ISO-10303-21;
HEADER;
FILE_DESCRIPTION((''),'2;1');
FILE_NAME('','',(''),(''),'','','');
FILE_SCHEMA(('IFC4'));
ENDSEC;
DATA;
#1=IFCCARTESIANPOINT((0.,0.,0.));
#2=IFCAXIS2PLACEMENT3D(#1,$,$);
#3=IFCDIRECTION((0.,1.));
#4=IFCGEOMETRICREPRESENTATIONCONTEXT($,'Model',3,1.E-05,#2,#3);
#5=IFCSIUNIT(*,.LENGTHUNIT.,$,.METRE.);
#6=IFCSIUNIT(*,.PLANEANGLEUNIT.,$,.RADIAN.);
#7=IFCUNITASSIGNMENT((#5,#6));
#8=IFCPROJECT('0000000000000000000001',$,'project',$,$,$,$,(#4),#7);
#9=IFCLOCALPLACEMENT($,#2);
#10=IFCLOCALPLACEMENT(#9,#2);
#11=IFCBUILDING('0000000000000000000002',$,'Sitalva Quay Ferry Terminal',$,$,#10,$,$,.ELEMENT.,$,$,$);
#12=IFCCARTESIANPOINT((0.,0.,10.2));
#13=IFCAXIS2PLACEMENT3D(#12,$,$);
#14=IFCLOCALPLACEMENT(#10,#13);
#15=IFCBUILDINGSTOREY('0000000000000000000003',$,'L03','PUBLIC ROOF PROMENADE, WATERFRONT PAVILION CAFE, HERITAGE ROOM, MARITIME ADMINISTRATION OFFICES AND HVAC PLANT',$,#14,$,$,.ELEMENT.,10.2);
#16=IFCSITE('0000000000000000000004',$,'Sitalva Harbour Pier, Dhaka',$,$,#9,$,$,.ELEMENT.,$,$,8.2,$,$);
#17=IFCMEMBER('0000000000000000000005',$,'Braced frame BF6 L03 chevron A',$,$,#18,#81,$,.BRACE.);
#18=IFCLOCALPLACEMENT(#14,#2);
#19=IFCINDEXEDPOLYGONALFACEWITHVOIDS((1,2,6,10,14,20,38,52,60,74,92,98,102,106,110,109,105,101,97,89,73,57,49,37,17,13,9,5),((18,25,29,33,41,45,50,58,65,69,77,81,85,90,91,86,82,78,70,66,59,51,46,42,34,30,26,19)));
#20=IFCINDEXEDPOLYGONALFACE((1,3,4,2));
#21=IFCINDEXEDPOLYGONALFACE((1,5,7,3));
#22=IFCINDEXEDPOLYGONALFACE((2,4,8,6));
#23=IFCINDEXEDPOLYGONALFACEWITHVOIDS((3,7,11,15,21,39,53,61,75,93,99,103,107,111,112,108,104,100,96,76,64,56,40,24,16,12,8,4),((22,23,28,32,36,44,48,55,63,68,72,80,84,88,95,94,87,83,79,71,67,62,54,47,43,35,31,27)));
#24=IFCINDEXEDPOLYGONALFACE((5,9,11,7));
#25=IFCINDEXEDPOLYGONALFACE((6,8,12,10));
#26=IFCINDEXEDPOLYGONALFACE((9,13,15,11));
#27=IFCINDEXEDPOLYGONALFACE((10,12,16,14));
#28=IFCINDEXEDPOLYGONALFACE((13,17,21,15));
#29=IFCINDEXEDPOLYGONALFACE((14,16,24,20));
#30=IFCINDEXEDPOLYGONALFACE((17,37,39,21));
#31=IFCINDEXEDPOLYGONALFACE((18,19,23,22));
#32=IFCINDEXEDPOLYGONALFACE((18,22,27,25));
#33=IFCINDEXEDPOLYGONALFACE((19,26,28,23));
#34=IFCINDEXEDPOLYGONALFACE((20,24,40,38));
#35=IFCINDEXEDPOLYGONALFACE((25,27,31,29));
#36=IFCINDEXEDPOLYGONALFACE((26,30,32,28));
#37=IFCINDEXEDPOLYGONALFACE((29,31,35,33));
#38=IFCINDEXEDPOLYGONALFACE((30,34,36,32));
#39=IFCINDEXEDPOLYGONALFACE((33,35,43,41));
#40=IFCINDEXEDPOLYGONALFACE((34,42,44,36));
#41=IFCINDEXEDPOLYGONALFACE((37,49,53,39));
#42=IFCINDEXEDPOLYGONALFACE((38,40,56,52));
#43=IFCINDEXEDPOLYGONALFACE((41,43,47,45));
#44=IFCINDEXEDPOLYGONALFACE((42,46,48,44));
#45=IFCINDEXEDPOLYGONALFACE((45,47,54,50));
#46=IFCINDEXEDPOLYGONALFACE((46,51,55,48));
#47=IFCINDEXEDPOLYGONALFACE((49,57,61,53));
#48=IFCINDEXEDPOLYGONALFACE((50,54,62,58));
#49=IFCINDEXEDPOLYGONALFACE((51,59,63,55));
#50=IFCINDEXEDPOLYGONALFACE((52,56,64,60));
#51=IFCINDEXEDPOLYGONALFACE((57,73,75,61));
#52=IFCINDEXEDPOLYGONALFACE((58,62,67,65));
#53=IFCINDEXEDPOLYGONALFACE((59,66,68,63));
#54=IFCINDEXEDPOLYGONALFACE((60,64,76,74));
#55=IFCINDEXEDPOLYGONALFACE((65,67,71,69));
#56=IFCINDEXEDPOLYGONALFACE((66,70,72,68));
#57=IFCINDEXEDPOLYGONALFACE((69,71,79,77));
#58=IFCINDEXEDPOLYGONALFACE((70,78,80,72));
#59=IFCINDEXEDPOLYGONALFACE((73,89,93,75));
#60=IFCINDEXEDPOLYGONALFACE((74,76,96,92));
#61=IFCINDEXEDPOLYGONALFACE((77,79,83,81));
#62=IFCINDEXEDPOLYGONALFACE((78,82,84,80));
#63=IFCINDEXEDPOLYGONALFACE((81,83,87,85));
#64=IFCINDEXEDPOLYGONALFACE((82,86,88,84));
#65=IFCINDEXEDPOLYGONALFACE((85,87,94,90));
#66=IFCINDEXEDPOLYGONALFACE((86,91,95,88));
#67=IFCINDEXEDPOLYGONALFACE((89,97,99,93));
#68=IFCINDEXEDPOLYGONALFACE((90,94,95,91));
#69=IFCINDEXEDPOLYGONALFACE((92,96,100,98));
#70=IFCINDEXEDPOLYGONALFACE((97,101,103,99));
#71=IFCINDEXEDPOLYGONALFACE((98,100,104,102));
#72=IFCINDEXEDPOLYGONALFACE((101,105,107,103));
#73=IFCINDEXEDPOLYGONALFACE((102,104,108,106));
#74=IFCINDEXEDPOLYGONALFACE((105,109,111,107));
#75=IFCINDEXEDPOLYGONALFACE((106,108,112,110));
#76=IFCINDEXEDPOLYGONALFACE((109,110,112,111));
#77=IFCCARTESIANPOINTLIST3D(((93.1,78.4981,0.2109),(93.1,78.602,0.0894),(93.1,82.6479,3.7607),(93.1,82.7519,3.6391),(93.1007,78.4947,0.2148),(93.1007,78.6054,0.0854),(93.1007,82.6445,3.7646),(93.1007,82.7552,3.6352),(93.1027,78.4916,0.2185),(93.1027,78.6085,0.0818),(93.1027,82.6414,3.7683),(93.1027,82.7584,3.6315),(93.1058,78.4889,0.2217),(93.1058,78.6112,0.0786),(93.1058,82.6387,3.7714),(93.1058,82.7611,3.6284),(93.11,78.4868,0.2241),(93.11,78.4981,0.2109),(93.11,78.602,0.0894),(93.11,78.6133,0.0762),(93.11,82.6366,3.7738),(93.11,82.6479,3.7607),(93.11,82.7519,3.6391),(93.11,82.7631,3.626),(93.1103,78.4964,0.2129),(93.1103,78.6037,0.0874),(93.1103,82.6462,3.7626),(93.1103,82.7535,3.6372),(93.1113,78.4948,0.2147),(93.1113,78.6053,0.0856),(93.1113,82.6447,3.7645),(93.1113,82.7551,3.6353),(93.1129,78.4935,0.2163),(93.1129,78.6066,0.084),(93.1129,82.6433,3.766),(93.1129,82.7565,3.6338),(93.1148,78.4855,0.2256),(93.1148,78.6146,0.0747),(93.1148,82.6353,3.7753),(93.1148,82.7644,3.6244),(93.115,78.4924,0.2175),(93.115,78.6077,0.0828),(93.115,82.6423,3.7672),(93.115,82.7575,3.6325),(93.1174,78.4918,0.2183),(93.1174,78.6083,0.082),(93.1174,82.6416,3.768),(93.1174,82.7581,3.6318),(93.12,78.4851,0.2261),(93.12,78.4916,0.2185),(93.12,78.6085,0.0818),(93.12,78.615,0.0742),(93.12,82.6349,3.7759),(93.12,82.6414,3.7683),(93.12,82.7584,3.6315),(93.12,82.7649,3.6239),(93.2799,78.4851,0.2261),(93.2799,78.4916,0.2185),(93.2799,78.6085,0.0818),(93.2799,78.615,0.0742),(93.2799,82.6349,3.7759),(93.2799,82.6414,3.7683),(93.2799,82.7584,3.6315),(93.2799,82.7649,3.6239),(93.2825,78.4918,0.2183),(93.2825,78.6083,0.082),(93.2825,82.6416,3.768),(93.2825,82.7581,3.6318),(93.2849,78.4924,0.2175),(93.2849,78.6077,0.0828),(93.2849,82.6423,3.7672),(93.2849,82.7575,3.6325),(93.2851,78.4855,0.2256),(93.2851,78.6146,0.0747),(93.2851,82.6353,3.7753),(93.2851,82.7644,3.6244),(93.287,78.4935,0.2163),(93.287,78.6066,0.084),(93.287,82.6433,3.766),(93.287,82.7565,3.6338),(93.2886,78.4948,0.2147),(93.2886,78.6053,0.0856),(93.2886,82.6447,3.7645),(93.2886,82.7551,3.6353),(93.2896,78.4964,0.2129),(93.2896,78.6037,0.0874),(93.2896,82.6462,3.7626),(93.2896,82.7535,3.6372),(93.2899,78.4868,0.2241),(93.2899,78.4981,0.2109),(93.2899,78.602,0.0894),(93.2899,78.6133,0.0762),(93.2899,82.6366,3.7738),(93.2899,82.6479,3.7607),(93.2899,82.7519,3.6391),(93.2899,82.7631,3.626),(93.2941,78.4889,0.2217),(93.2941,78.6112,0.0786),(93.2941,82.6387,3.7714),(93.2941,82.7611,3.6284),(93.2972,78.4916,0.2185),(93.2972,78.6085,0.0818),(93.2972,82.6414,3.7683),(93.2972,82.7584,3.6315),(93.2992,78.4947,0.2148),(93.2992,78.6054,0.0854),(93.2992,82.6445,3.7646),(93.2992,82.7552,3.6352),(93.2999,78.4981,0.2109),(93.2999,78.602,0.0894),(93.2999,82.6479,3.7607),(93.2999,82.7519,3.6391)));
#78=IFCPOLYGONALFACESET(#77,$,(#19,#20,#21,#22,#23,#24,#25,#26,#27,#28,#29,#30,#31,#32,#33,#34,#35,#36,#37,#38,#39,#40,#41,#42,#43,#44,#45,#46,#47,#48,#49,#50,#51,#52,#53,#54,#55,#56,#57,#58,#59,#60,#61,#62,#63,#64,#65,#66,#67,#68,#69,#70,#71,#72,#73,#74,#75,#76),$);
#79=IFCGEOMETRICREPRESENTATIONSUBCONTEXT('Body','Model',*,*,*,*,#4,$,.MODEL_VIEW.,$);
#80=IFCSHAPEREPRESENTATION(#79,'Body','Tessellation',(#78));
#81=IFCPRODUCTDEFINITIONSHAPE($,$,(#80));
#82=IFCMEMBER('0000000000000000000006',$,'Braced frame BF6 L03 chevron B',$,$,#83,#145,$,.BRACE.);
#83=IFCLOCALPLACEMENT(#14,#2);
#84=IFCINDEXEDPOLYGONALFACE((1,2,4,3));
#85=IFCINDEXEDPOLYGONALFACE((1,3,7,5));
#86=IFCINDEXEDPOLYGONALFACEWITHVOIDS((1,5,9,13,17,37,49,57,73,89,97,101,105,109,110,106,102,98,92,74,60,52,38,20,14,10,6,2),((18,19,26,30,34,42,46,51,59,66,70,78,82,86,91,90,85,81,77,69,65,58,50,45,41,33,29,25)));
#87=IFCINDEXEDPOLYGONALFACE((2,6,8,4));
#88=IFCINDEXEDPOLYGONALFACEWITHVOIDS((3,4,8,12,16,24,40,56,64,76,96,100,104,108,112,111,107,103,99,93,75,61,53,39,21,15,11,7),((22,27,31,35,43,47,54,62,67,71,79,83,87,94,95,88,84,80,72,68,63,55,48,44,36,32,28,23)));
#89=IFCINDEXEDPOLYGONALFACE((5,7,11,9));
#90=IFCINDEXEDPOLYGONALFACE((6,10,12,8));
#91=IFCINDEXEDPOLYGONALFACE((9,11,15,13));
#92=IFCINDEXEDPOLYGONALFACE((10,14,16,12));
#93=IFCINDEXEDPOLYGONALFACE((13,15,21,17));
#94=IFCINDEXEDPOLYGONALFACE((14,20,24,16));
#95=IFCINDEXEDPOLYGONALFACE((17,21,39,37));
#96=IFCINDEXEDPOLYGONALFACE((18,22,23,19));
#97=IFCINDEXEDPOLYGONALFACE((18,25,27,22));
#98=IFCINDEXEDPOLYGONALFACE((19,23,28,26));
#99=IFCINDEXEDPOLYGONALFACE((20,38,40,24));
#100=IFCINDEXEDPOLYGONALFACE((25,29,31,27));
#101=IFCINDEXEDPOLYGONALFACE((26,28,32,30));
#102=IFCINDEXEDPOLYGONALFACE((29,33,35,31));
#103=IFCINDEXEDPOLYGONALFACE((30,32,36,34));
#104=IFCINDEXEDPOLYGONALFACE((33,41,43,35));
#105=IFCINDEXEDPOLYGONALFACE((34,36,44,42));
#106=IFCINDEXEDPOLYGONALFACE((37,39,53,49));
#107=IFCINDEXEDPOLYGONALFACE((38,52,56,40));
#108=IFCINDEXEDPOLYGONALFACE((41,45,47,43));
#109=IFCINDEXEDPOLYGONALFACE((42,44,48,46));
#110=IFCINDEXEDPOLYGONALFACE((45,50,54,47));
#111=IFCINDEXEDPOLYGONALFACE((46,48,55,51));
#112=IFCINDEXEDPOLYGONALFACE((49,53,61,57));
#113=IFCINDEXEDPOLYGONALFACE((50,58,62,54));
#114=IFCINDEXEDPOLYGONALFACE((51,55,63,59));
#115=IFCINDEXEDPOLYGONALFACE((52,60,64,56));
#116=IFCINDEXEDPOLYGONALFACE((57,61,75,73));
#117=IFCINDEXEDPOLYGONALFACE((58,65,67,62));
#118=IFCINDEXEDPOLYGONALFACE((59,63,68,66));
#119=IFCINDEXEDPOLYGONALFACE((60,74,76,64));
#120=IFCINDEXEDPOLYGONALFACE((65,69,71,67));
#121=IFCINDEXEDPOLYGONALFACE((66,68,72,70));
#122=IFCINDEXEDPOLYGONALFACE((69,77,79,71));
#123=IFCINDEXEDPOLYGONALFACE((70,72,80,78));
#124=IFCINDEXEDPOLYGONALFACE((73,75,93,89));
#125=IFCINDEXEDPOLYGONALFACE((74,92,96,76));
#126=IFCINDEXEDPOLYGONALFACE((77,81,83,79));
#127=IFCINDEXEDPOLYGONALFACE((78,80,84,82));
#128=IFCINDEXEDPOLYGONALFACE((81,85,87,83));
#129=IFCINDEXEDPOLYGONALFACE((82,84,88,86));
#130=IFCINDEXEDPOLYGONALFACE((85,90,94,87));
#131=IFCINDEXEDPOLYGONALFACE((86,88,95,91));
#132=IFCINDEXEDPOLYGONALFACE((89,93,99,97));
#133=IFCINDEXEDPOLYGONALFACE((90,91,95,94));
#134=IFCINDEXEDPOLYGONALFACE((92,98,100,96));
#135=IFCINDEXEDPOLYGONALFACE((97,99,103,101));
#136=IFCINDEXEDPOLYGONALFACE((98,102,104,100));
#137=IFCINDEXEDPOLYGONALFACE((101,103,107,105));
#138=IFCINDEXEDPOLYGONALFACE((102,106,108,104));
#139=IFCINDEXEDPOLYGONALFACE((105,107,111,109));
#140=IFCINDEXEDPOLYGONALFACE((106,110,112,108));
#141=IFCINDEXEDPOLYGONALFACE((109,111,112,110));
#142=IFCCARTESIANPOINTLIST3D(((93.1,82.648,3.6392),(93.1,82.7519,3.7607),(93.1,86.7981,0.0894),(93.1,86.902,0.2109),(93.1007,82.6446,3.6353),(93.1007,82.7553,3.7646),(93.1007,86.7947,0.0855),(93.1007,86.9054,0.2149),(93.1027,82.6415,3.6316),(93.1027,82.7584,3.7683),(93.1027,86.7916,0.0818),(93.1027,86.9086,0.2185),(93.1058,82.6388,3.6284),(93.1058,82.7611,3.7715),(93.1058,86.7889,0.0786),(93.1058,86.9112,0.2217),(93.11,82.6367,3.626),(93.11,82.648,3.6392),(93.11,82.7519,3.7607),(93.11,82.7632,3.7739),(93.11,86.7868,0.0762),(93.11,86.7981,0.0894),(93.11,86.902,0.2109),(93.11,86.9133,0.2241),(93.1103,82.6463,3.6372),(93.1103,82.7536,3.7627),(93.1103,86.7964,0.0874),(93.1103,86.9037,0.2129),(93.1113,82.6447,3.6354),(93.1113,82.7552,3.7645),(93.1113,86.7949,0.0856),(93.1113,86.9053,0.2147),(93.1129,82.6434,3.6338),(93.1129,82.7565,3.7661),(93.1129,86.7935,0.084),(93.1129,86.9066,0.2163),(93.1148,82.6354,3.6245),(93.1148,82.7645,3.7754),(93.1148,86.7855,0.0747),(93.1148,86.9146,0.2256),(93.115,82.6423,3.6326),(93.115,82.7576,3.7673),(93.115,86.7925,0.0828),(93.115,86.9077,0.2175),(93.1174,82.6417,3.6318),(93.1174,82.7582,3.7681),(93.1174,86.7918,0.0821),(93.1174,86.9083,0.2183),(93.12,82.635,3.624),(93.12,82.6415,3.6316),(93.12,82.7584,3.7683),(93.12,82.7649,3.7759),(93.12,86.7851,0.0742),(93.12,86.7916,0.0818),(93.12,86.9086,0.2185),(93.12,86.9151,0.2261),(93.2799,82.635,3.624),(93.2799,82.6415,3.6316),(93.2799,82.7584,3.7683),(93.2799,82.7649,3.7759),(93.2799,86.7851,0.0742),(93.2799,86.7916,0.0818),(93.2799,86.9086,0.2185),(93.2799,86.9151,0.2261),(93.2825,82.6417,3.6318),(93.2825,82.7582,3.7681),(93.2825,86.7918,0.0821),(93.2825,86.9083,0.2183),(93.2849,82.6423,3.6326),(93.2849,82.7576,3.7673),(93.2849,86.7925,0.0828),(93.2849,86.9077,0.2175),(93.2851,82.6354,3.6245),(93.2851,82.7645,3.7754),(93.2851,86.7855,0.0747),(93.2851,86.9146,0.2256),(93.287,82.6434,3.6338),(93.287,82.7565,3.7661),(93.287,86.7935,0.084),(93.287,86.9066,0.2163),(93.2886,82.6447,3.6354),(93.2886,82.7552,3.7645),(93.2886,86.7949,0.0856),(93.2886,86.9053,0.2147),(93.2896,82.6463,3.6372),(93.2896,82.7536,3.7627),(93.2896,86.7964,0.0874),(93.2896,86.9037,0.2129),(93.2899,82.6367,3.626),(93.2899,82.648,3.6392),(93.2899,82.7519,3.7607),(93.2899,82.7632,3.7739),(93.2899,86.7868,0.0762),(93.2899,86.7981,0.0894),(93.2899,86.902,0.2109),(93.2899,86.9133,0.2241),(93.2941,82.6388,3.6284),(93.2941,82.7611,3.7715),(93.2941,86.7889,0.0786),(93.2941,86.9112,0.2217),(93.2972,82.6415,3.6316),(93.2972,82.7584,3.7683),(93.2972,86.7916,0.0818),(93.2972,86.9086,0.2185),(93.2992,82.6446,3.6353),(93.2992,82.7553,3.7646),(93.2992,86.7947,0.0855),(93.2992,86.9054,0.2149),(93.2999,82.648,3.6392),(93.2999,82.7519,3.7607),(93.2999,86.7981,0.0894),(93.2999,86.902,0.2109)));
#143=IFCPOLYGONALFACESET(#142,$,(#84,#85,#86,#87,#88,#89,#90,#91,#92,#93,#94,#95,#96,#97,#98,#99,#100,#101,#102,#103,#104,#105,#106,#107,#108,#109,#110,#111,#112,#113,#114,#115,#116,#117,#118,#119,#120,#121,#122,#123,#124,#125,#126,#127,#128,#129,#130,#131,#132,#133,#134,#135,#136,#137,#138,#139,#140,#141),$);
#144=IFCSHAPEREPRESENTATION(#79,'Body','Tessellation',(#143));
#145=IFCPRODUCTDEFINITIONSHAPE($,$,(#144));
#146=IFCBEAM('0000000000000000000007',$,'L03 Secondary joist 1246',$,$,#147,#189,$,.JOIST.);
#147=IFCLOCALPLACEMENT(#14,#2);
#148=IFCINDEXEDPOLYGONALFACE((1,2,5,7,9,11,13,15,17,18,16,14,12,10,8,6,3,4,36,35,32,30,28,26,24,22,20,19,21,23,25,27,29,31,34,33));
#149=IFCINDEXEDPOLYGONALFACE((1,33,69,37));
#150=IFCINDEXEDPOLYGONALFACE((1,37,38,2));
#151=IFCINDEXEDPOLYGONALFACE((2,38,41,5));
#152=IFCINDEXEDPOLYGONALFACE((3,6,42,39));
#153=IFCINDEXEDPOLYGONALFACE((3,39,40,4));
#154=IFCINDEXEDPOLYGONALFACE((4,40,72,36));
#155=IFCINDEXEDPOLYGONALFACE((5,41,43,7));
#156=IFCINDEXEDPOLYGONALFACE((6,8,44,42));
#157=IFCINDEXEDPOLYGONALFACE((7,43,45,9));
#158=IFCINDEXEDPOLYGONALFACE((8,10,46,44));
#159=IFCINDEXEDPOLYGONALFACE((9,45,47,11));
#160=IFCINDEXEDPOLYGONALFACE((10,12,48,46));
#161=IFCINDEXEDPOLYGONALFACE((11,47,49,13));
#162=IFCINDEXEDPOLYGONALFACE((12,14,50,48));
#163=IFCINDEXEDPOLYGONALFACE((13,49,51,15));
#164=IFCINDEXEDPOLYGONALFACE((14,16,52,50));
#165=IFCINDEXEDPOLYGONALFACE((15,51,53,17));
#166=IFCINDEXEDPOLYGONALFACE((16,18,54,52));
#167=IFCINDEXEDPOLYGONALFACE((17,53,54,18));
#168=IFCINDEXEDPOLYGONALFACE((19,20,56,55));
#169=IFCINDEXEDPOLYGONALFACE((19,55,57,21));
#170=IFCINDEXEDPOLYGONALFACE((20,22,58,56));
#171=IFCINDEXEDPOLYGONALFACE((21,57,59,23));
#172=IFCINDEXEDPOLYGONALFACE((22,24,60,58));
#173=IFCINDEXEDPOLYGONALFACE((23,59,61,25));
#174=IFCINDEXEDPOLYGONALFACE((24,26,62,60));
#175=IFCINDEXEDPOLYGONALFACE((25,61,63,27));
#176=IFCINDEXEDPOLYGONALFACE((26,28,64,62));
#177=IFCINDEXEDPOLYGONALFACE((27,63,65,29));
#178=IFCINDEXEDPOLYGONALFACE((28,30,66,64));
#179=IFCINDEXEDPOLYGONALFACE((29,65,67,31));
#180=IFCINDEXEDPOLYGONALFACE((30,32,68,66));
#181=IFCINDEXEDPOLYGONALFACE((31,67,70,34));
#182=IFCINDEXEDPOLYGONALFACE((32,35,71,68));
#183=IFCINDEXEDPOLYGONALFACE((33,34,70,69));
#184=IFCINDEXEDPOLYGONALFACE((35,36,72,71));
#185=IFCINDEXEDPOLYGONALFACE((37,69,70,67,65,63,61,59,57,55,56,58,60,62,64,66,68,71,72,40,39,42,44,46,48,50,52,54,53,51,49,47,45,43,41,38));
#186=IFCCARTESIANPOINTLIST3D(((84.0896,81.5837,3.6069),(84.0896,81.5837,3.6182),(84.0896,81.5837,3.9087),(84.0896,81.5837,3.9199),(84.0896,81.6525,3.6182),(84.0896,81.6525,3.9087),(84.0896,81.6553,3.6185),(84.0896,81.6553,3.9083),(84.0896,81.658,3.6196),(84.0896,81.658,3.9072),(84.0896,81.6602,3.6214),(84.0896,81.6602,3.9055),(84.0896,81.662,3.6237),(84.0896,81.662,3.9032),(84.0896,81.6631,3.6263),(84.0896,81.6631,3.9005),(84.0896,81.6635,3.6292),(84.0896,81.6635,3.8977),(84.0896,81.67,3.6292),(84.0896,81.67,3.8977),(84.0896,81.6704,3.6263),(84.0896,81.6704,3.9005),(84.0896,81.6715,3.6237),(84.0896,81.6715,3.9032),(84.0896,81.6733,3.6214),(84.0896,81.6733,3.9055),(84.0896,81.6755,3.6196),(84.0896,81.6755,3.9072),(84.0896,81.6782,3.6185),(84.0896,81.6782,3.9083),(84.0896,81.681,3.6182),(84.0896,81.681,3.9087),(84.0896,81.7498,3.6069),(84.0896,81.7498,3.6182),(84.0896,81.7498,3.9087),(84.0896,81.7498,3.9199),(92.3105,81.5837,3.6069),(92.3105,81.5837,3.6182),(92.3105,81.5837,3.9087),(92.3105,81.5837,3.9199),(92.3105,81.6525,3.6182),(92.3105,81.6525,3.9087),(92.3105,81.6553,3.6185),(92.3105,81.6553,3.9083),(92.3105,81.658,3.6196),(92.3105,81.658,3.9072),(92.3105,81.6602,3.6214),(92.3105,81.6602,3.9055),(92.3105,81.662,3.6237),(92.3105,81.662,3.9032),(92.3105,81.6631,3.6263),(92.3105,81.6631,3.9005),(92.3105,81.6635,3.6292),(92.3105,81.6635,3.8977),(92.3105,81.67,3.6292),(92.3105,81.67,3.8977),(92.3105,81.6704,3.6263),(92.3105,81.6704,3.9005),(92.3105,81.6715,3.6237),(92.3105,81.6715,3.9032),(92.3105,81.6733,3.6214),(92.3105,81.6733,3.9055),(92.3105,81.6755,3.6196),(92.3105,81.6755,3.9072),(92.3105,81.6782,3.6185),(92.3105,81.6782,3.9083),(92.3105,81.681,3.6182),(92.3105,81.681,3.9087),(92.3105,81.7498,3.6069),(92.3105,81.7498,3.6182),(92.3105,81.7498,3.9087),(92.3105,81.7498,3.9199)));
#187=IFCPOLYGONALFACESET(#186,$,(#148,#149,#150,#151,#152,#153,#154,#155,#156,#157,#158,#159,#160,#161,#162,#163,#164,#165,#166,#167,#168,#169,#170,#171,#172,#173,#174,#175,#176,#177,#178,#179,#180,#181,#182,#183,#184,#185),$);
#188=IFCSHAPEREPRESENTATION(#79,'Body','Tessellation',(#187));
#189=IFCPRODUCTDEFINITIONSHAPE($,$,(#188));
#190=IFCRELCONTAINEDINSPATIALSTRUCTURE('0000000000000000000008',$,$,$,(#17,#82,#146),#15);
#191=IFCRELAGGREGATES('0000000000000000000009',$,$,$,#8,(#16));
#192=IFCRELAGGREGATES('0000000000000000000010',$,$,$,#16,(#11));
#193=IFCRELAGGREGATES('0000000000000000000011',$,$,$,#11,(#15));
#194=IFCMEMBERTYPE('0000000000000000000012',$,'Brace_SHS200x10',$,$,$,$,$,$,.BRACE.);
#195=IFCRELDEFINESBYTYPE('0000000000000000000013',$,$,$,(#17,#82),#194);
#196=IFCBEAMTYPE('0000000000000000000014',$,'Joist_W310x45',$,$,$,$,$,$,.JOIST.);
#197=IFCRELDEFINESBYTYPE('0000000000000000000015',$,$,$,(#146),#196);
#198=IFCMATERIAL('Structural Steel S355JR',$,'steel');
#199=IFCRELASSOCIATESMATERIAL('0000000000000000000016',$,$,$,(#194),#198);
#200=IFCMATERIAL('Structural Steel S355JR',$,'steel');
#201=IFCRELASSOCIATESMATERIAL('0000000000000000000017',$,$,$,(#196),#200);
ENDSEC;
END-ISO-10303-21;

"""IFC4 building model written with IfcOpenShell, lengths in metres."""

from ifc_helpers import new_model, si_unit, direction, frame, origin, origin_2d, place, context, subcontext, project, spatial, hollow_rectangle, i_section, extrude, material, material_profile, profile_set, type_object, element, save


model = new_model("IFC4")

# Units and contexts
model_context = context("Model", 3, precision=1e-05, world=origin(), true_north=direction((0.0, 1.0)))
body_context = subcontext(model_context, "Body", "Model", "MODEL_VIEW")
ifc_project = project(units=[si_unit("LENGTHUNIT", "METRE"), si_unit("PLANEANGLEUNIT", "RADIAN")], contexts=[model_context])

# Site, building, storey
site_placement = place(None, origin())
site = spatial("IfcSite", under=ifc_project, at=site_placement, Name="Sitalva Harbour Pier, Dhaka", CompositionType="ELEMENT", RefElevation=8.2)
building_placement = place(site_placement, origin())
building = spatial("IfcBuilding", under=site, at=building_placement, Name="Sitalva Quay Ferry Terminal", CompositionType="ELEMENT")
storey_placement = place(building_placement, frame((0.0, 0.0, 10.2)))
storey = spatial("IfcBuildingStorey", under=building, at=storey_placement, Name="L03", Description="PUBLIC ROOF PROMENADE, WATERFRONT PAVILION CAFE, HERITAGE ROOM, MARITIME ADMINISTRATION OFFICES AND HVAC PLANT", CompositionType="ELEMENT", Elevation=10.2)

# Members
ifc_material_1 = material(Name="Structural Steel S355JR", Category="steel")
ifc_material_profile_1 = material_profile(ifc_material_1, hollow_rectangle(XDim=0.2, YDim=0.2, WallThickness=0.01, InnerFilletRadius=0.01, OuterFilletRadius=0.02, at=origin_2d()), Name="SHS200x200x10")
ifc_profile_set_1 = profile_set([ifc_material_profile_1], Name="Structural Steel S355JR")
member_type = type_object("IfcMemberType", Name="Brace_SHS200x10", PredefinedType="BRACE", material=ifc_profile_set_1)
member_1_placement = place(storey_placement, frame((93.2, 78.55, 0.1501), z_axis=(0.0, 0.759913, 0.650025), x_axis=(-1.0, 0.0, 0.0)))
element("IfcMember", 1, at=member_1_placement, inside=storey, type_object=member_type, Name="Braced frame BF6 L03 chevron A", PredefinedType="BRACE", context=body_context, shape_type="SweptSolid", body=[
    extrude(hollow_rectangle(XDim=0.2, YDim=0.2, WallThickness=0.01, InnerFilletRadius=0.01, OuterFilletRadius=0.02, at=origin_2d()), origin(), (0.0, 0.0, 1.0), 5.4609),
])
member_2_placement = place(storey_placement, frame((93.2, 82.7, 3.7), z_axis=(0.0, 0.759931, -0.650003), x_axis=(-1.0, 0.0, 0.0)))
element("IfcMember", 2, at=member_2_placement, inside=storey, type_object=member_type, Name="Braced frame BF6 L03 chevron B", PredefinedType="BRACE", context=body_context, shape_type="SweptSolid", body=[
    extrude(hollow_rectangle(XDim=0.2, YDim=0.2, WallThickness=0.01, InnerFilletRadius=0.01, OuterFilletRadius=0.02, at=origin_2d()), origin(), (0.0, 0.0, 1.0), 5.4612),
])

# Beam
ifc_material_2 = material(Name="Structural Steel S355JR", Category="steel")
ifc_material_profile_2 = material_profile(ifc_material_2, i_section(OverallWidth=0.166, OverallDepth=0.313, WebThickness=0.0066, FlangeThickness=0.0112, FilletRadius=0.011, at=origin_2d()), Name="W310x45")
ifc_profile_set_2 = profile_set([ifc_material_profile_2], Name="Structural Steel S355JR")
beam_type_1 = type_object("IfcBeamType", Name="Joist_W310x45", PredefinedType="JOIST", material=ifc_profile_set_2)
for number, where, z_axis, x_axis, name in (
    (3, (84.0896, 81.6667, 3.7634), (1.0, 0.0, 0.0), (0.0, 1.0, 0.0), "L03 Secondary joist 1246"),
):
    element("IfcBeam", number, at=place(storey_placement, frame(where, z_axis=z_axis, x_axis=x_axis)), inside=storey, type_object=beam_type_1, Name=name, PredefinedType="JOIST", context=body_context, shape_type="SweptSolid", body=[
        extrude(i_section(OverallWidth=0.166, OverallDepth=0.313, WebThickness=0.0066, FlangeThickness=0.0112, FilletRadius=0.011, at=origin_2d()), origin(), (0.0, 0.0, 1.0), 8.2209),
    ])

save(model, "model.ifc")
